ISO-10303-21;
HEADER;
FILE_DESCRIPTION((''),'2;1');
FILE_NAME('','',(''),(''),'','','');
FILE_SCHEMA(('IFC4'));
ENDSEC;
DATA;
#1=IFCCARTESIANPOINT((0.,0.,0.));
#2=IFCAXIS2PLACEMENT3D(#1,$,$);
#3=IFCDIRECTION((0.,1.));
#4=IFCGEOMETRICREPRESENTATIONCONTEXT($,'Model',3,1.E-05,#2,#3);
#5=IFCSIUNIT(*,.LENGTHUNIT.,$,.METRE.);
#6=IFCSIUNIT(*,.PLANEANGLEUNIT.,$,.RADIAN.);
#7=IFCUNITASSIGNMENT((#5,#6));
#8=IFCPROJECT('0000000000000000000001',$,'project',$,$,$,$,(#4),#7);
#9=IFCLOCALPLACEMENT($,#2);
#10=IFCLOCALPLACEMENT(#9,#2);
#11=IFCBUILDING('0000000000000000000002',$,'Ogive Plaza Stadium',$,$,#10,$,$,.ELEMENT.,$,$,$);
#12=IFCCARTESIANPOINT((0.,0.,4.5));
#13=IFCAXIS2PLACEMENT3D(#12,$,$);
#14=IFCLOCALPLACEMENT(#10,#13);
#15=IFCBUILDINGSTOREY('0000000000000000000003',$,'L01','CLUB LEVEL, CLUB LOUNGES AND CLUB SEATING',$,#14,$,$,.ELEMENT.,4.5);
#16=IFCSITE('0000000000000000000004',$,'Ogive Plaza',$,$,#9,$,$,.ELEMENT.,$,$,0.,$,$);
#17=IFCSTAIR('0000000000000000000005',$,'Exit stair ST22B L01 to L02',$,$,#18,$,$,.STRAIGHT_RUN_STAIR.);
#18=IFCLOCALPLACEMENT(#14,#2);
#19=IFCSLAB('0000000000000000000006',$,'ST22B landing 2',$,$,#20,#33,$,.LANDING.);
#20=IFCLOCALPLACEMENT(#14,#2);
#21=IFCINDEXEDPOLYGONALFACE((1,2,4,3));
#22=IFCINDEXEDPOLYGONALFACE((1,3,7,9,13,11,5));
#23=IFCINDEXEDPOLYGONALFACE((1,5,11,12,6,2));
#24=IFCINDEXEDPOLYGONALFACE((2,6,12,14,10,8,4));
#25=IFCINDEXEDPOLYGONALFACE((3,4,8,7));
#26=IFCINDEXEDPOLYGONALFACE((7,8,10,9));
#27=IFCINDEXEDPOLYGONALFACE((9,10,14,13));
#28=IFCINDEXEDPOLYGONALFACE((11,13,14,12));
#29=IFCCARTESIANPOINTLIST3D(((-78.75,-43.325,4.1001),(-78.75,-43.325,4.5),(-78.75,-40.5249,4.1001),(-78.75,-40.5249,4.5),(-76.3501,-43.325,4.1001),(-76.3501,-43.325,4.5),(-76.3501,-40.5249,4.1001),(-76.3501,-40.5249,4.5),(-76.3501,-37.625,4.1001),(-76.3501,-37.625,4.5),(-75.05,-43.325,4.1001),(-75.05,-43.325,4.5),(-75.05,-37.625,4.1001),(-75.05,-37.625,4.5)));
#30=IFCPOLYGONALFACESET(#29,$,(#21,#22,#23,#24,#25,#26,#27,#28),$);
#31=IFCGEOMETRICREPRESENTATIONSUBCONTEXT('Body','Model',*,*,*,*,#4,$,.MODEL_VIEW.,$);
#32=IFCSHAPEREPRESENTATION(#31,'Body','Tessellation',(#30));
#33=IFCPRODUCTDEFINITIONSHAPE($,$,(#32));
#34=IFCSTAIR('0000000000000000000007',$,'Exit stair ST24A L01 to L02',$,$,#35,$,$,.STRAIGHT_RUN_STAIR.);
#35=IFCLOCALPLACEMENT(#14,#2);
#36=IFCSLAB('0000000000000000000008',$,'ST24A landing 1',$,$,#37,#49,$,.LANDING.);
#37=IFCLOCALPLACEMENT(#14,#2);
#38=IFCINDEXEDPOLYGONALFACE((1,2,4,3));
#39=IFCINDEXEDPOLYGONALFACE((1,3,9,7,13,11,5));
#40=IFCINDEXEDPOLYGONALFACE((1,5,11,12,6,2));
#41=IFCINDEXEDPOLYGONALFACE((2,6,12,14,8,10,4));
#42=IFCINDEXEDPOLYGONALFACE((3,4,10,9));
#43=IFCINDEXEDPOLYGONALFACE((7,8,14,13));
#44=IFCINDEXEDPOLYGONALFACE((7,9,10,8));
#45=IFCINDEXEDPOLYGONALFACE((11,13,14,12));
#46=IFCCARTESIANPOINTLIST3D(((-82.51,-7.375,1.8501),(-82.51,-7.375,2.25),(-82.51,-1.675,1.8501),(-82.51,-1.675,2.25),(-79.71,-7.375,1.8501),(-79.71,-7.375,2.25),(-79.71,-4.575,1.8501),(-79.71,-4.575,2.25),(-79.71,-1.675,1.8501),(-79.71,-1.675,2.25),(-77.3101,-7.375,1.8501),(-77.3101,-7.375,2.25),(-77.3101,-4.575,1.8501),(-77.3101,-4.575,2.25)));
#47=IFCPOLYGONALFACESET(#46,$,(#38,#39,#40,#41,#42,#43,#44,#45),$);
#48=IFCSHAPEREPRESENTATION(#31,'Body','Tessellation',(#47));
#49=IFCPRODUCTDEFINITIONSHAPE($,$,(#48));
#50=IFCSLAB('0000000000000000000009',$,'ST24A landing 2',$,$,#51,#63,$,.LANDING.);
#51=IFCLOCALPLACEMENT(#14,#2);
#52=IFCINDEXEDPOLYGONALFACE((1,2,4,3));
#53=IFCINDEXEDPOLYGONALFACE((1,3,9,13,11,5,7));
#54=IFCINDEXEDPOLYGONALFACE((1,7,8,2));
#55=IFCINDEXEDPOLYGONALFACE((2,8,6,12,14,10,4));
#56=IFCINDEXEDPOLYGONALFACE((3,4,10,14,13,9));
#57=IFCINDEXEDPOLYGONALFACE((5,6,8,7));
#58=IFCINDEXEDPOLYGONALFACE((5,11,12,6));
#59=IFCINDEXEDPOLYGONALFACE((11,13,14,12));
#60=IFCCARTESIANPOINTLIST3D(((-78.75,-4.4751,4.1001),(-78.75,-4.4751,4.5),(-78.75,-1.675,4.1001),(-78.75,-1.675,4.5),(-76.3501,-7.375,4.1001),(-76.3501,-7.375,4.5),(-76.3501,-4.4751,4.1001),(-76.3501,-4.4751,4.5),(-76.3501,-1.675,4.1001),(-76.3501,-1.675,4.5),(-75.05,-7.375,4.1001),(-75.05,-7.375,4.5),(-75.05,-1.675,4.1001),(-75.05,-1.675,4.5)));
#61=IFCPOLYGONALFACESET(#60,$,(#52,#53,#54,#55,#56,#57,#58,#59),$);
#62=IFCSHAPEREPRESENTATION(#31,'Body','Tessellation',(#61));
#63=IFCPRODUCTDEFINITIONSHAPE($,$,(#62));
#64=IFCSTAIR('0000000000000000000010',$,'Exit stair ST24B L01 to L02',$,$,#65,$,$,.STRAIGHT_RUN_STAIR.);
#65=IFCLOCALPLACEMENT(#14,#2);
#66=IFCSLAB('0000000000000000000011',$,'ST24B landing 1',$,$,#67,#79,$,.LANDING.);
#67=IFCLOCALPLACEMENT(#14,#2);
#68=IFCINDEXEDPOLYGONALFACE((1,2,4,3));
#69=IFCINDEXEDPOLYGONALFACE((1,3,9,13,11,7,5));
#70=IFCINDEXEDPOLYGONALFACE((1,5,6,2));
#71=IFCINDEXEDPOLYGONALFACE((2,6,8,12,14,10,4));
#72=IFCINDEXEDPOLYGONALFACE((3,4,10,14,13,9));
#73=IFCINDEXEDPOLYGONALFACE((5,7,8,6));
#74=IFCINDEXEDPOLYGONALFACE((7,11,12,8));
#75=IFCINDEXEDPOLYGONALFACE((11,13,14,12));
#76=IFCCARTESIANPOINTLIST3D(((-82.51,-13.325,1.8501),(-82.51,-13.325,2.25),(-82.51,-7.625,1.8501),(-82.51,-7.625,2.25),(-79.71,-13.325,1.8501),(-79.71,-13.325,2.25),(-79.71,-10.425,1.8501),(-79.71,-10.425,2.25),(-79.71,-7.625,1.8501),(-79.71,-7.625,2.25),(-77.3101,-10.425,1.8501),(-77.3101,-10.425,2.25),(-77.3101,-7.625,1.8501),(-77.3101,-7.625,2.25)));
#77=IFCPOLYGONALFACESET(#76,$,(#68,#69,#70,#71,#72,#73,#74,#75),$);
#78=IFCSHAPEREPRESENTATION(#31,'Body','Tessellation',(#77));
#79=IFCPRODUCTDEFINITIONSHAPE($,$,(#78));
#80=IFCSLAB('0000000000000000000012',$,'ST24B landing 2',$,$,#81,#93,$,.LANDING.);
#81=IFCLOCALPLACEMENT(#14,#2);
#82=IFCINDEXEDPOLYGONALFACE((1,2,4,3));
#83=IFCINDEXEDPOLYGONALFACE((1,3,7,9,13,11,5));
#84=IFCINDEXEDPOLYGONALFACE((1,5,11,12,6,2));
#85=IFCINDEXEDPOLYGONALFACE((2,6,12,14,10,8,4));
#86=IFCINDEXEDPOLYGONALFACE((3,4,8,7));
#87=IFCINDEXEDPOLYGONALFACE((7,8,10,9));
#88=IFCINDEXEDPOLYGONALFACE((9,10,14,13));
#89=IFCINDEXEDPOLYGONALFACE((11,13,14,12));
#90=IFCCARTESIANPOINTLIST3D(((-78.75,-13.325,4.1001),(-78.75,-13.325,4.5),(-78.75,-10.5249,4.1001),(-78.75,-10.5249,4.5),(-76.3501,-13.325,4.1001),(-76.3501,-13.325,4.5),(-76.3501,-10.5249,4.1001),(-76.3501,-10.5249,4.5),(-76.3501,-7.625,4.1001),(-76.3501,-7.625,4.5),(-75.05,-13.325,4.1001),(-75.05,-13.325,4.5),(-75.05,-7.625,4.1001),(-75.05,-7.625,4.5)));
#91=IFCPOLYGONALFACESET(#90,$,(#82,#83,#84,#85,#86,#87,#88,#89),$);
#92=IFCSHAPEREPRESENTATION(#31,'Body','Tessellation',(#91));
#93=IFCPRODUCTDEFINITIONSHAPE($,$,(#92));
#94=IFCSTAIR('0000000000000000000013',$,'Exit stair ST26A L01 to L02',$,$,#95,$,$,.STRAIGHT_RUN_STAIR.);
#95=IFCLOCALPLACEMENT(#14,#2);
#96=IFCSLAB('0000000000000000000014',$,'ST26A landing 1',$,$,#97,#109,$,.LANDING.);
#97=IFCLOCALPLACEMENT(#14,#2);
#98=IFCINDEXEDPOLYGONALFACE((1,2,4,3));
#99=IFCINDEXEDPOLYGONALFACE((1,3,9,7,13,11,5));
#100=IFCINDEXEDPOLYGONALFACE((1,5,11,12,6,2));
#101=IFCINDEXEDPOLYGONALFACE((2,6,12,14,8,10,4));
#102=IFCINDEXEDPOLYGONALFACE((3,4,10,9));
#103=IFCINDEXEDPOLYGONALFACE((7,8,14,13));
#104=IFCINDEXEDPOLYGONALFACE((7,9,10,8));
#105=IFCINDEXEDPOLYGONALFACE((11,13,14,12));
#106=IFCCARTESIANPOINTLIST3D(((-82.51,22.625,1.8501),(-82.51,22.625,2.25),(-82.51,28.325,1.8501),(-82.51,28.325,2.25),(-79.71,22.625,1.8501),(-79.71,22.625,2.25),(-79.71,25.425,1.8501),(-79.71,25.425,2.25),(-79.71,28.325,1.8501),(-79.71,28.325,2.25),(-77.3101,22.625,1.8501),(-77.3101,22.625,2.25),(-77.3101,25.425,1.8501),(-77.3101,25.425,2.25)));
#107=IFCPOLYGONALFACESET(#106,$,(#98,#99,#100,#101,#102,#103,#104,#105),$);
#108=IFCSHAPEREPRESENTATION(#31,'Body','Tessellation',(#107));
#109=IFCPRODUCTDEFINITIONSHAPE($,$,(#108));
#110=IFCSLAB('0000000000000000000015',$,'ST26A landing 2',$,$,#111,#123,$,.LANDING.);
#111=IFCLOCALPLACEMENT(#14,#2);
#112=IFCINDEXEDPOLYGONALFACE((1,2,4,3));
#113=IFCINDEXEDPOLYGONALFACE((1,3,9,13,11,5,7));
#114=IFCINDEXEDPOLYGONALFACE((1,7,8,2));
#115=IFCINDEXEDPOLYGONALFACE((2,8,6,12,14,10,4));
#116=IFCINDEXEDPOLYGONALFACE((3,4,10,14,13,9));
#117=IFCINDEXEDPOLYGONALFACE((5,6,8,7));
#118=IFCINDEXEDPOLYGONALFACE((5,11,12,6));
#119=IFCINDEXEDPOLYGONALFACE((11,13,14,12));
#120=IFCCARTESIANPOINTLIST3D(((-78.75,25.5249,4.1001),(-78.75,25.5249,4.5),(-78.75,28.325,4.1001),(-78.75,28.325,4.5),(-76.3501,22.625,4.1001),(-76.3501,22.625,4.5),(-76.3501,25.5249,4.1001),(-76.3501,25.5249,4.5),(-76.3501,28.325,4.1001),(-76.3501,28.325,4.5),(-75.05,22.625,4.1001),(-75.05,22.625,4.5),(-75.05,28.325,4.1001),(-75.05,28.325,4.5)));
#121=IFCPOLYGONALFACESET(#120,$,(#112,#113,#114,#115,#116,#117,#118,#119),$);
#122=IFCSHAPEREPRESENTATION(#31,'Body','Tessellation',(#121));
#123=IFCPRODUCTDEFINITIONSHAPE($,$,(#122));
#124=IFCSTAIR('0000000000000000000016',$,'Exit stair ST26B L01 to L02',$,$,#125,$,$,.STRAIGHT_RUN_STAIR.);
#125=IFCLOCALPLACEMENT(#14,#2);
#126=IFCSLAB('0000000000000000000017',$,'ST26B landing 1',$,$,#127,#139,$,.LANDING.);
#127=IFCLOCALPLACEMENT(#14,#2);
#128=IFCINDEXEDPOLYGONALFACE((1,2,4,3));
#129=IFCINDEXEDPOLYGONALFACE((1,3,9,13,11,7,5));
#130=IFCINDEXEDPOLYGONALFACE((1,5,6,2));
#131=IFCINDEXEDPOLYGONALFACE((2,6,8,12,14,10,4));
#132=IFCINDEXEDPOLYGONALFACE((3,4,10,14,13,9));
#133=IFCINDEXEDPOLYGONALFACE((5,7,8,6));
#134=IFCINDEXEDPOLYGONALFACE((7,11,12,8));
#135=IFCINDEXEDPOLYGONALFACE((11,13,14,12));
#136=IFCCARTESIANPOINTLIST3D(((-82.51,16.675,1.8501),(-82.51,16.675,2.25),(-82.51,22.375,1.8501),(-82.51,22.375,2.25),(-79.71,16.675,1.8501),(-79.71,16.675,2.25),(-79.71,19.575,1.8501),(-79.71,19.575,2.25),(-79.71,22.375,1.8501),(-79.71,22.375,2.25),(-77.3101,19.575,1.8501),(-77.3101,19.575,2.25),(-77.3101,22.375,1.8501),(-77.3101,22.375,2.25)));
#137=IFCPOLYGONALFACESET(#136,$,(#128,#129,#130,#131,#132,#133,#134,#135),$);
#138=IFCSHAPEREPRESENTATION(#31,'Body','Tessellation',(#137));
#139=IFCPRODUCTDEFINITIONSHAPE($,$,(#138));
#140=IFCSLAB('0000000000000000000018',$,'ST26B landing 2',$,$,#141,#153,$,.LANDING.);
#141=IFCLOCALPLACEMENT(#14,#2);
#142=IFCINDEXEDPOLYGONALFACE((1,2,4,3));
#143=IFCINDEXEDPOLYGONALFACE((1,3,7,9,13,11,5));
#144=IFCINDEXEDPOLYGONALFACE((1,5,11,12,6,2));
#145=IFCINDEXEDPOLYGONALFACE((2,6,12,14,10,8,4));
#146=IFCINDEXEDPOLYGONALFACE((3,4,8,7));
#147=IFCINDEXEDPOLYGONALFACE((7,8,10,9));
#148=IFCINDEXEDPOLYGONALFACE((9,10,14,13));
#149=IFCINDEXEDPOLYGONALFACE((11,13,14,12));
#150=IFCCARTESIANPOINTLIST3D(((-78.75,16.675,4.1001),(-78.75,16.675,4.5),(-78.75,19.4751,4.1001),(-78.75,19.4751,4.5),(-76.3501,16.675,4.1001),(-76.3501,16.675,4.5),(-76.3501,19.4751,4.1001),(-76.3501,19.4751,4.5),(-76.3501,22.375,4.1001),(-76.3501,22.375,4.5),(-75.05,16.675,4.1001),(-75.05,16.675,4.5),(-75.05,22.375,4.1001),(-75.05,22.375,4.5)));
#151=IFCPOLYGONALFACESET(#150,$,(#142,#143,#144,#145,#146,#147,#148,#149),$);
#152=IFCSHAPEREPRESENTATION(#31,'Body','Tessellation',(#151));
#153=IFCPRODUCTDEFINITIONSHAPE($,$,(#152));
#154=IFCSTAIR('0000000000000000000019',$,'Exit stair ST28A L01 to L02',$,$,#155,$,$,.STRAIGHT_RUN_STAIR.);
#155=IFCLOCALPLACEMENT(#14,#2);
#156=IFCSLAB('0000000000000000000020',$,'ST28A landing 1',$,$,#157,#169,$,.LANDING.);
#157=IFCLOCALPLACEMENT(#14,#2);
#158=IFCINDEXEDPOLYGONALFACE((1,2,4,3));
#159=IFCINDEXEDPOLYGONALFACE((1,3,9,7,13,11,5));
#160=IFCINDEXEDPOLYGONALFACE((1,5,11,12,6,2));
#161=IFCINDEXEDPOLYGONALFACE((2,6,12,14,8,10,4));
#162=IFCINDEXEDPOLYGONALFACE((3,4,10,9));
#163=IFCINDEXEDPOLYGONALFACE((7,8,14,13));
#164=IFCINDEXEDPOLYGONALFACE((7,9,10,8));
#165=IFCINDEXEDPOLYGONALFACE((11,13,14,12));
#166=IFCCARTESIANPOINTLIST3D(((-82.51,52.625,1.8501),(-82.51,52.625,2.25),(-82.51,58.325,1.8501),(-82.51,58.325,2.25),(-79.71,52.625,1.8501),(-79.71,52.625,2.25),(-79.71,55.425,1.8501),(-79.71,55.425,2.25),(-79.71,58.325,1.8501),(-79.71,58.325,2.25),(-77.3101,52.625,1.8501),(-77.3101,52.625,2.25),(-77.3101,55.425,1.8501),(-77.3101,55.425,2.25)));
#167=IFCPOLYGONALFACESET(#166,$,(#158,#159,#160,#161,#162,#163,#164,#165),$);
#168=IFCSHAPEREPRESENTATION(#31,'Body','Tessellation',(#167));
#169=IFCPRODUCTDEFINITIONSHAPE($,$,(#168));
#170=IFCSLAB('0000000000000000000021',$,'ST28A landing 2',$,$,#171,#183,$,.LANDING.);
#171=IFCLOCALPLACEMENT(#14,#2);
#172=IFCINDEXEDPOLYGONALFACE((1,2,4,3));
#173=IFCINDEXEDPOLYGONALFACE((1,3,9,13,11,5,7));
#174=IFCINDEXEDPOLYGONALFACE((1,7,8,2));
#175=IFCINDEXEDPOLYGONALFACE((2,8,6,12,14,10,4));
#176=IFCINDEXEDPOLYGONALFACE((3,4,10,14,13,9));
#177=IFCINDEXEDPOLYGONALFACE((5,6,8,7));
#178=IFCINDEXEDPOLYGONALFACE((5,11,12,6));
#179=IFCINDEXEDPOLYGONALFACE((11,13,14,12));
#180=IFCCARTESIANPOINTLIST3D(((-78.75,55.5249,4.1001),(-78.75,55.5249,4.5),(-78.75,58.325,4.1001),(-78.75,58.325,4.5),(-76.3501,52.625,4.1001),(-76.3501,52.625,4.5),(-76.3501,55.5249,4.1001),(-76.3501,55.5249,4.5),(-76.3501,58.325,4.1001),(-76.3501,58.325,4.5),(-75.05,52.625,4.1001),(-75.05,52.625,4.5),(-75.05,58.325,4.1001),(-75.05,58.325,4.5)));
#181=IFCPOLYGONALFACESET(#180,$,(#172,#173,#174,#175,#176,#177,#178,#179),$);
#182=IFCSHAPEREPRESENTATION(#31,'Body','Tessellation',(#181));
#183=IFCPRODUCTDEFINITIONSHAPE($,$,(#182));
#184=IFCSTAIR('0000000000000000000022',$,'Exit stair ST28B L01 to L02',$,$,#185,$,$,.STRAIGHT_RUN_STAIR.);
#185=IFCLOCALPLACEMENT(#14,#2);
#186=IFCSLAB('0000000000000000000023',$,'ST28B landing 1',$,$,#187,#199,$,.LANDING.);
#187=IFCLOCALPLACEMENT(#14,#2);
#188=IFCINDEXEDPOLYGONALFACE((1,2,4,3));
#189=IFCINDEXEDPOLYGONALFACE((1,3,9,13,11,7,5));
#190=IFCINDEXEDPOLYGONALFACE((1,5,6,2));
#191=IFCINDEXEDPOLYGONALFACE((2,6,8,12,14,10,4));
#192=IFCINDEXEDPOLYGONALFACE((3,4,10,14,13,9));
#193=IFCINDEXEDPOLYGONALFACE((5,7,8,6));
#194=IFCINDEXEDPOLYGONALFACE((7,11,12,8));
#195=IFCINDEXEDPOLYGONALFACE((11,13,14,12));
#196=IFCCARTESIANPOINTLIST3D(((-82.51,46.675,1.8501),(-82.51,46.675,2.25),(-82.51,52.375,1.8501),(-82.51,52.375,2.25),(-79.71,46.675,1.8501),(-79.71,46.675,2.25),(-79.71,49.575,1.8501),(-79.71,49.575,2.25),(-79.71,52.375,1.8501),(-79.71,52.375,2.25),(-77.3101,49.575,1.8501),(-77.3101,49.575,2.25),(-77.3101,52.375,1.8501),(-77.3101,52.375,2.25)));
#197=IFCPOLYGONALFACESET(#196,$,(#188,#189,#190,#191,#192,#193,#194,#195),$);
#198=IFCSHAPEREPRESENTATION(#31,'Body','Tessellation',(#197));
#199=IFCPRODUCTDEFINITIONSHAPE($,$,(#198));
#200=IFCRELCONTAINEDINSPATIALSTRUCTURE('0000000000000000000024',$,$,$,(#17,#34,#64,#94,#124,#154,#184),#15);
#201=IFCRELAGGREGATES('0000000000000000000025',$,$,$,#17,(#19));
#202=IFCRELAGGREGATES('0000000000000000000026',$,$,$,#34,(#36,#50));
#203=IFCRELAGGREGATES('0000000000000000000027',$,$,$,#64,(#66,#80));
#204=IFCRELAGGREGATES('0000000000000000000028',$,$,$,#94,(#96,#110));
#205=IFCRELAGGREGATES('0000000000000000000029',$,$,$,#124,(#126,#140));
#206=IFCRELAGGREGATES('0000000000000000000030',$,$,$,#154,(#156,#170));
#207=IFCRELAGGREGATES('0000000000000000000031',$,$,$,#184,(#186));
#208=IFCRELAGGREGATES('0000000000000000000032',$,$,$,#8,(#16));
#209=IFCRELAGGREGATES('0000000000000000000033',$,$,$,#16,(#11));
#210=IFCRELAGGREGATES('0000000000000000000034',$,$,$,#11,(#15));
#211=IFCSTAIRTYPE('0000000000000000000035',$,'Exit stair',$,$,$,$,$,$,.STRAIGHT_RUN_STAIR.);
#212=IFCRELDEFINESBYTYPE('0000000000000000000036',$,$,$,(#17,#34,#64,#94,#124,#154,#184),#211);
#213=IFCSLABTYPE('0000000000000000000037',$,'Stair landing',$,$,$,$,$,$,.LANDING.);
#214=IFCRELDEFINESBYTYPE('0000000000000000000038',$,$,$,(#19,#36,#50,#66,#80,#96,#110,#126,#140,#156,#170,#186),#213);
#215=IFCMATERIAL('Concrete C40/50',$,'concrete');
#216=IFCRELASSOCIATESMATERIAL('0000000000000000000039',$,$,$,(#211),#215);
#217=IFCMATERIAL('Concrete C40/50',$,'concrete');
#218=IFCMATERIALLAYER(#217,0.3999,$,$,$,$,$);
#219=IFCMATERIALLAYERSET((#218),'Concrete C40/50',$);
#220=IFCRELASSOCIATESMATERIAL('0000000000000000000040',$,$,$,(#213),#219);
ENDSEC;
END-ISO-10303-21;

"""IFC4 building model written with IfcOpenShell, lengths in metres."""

from ifc_helpers import new_model, si_unit, direction, frame, origin, place, context, subcontext, project, spatial, polyline, outline, extrude, material, layer, layer_set, type_object, element, aggregate, save


model = new_model("IFC4")

# Units and contexts
model_context = context("Model", 3, precision=1e-05, world=origin(), true_north=direction((0.0, 1.0)))
body_context = subcontext(model_context, "Body", "Model", "MODEL_VIEW")
ifc_project = project(units=[si_unit("LENGTHUNIT", "METRE"), si_unit("PLANEANGLEUNIT", "RADIAN")], contexts=[model_context])

# Site, building, storey
site_placement = place(None, origin())
site = spatial("IfcSite", under=ifc_project, at=site_placement, Name="Ogive Plaza", CompositionType="ELEMENT", RefElevation=0.0)
building_placement = place(site_placement, origin())
building = spatial("IfcBuilding", under=site, at=building_placement, Name="Ogive Plaza Stadium", CompositionType="ELEMENT")
storey_placement = place(building_placement, frame((0.0, 0.0, 4.5)))
storey = spatial("IfcBuildingStorey", under=building, at=storey_placement, Name="L01", Description="CLUB LEVEL, CLUB LOUNGES AND CLUB SEATING", CompositionType="ELEMENT", Elevation=4.5)

# Stair, slab
ifc_material_1 = material(Name="Concrete C40/50", Category="concrete")
stair_type = type_object("IfcStairType", Name="Exit stair", PredefinedType="STRAIGHT_RUN_STAIR", material=ifc_material_1)
stair_1_placement = place(storey_placement, origin())
stair_1 = element("IfcStair", 1, at=stair_1_placement, inside=storey, type_object=stair_type, Name="Exit stair ST22B L01 to L02", PredefinedType="STRAIGHT_RUN_STAIR")
ifc_material_2 = material(Name="Concrete C40/50", Category="concrete")
ifc_layer = layer(ifc_material_2, 0.3999)
ifc_layer_set = layer_set([ifc_layer], Name="Concrete C40/50")
slab_type = type_object("IfcSlabType", Name="Stair landing", PredefinedType="LANDING", material=ifc_layer_set)
slab_1_placement = place(storey_placement, frame((0.0, 0.0, 4.1001)))
slab_1 = element("IfcSlab", 2, at=slab_1_placement, type_object=slab_type, Name="ST22B landing 2", PredefinedType="LANDING", context=body_context, shape_type="SweptSolid", body=[
    extrude(outline(polyline([(-76.3501, -37.625), (-75.05, -37.625), (-75.05, -43.325), (-76.3501, -43.325), (-78.75, -43.325), (-78.75, -40.5249), (-76.3501, -40.5249), (-76.3501, -37.625)])), origin(), (0.0, 0.0, 1.0), 0.3999),
])
aggregate(stair_1, [slab_1])

# Stairs, slabs
stair_2_placement = place(storey_placement, origin())
stair_2 = element("IfcStair", 3, at=stair_2_placement, inside=storey, type_object=stair_type, Name="Exit stair ST24A L01 to L02", PredefinedType="STRAIGHT_RUN_STAIR")
slab_2_placement = place(storey_placement, frame((0.0, 0.0, 1.8501)))
slab_2 = element("IfcSlab", 4, at=slab_2_placement, type_object=slab_type, Name="ST24A landing 1", PredefinedType="LANDING", context=body_context, shape_type="SweptSolid", body=[
    extrude(outline(polyline([(-82.51, -7.375), (-82.51, -1.675), (-79.71, -1.675), (-79.71, -4.575), (-77.3101, -4.575), (-77.3101, -7.375), (-79.71, -7.375), (-82.51, -7.375)])), origin(), (0.0, 0.0, 1.0), 0.3999),
])
slab_3_placement = place(storey_placement, frame((0.0, 0.0, 4.1001)))
slab_3 = element("IfcSlab", 5, at=slab_3_placement, type_object=slab_type, Name="ST24A landing 2", PredefinedType="LANDING", context=body_context, shape_type="SweptSolid", body=[
    extrude(outline(polyline([(-78.75, -4.4751), (-78.75, -1.675), (-76.3501, -1.675), (-75.05, -1.675), (-75.05, -7.375), (-76.3501, -7.375), (-76.3501, -4.4751), (-78.75, -4.4751)])), origin(), (0.0, 0.0, 1.0), 0.3999),
])
aggregate(stair_2, [slab_2, slab_3])
stair_3_placement = place(storey_placement, origin())
stair_3 = element("IfcStair", 6, at=stair_3_placement, inside=storey, type_object=stair_type, Name="Exit stair ST24B L01 to L02", PredefinedType="STRAIGHT_RUN_STAIR")
slab_4_placement = place(storey_placement, frame((0.0, 0.0, 1.8501)))
slab_4 = element("IfcSlab", 7, at=slab_4_placement, type_object=slab_type, Name="ST24B landing 1", PredefinedType="LANDING", context=body_context, shape_type="SweptSolid", body=[
    extrude(outline(polyline([(-77.3101, -7.625), (-77.3101, -10.425), (-79.71, -10.425), (-79.71, -13.325), (-82.51, -13.325), (-82.51, -7.625), (-79.71, -7.625), (-77.3101, -7.625)])), origin(), (0.0, 0.0, 1.0), 0.3999),
])
slab_5_placement = place(storey_placement, frame((0.0, 0.0, 4.1001)))
slab_5 = element("IfcSlab", 8, at=slab_5_placement, type_object=slab_type, Name="ST24B landing 2", PredefinedType="LANDING", context=body_context, shape_type="SweptSolid", body=[
    extrude(outline(polyline([(-76.3501, -7.625), (-75.05, -7.625), (-75.05, -13.325), (-76.3501, -13.325), (-78.75, -13.325), (-78.75, -10.5249), (-76.3501, -10.5249), (-76.3501, -7.625)])), origin(), (0.0, 0.0, 1.0), 0.3999),
])
aggregate(stair_3, [slab_4, slab_5])
stair_4_placement = place(storey_placement, origin())
stair_4 = element("IfcStair", 9, at=stair_4_placement, inside=storey, type_object=stair_type, Name="Exit stair ST26A L01 to L02", PredefinedType="STRAIGHT_RUN_STAIR")
slab_6_placement = place(storey_placement, frame((0.0, 0.0, 1.8501)))
slab_6 = element("IfcSlab", 10, at=slab_6_placement, type_object=slab_type, Name="ST26A landing 1", PredefinedType="LANDING", context=body_context, shape_type="SweptSolid", body=[
    extrude(outline(polyline([(-82.51, 22.625), (-82.51, 28.325), (-79.71, 28.325), (-79.71, 25.425), (-77.3101, 25.425), (-77.3101, 22.625), (-79.71, 22.625), (-82.51, 22.625)])), origin(), (0.0, 0.0, 1.0), 0.3999),
])
slab_7_placement = place(storey_placement, frame((0.0, 0.0, 4.1001)))
slab_7 = element("IfcSlab", 11, at=slab_7_placement, type_object=slab_type, Name="ST26A landing 2", PredefinedType="LANDING", context=body_context, shape_type="SweptSolid", body=[
    extrude(outline(polyline([(-78.75, 25.5249), (-78.75, 28.325), (-76.3501, 28.325), (-75.05, 28.325), (-75.05, 22.625), (-76.3501, 22.625), (-76.3501, 25.5249), (-78.75, 25.5249)])), origin(), (0.0, 0.0, 1.0), 0.3999),
])
aggregate(stair_4, [slab_6, slab_7])
stair_5_placement = place(storey_placement, origin())
stair_5 = element("IfcStair", 12, at=stair_5_placement, inside=storey, type_object=stair_type, Name="Exit stair ST26B L01 to L02", PredefinedType="STRAIGHT_RUN_STAIR")
slab_8_placement = place(storey_placement, frame((0.0, 0.0, 1.8501)))
slab_8 = element("IfcSlab", 13, at=slab_8_placement, type_object=slab_type, Name="ST26B landing 1", PredefinedType="LANDING", context=body_context, shape_type="SweptSolid", body=[
    extrude(outline(polyline([(-77.3101, 22.375), (-77.3101, 19.575), (-79.71, 19.575), (-79.71, 16.675), (-82.51, 16.675), (-82.51, 22.375), (-79.71, 22.375), (-77.3101, 22.375)])), origin(), (0.0, 0.0, 1.0), 0.3999),
])
slab_9_placement = place(storey_placement, frame((0.0, 0.0, 4.1001)))
slab_9 = element("IfcSlab", 14, at=slab_9_placement, type_object=slab_type, Name="ST26B landing 2", PredefinedType="LANDING", context=body_context, shape_type="SweptSolid", body=[
    extrude(outline(polyline([(-76.3501, 22.375), (-75.05, 22.375), (-75.05, 16.675), (-76.3501, 16.675), (-78.75, 16.675), (-78.75, 19.4751), (-76.3501, 19.4751), (-76.3501, 22.375)])), origin(), (0.0, 0.0, 1.0), 0.3999),
])
aggregate(stair_5, [slab_8, slab_9])
stair_6_placement = place(storey_placement, origin())
stair_6 = element("IfcStair", 15, at=stair_6_placement, inside=storey, type_object=stair_type, Name="Exit stair ST28A L01 to L02", PredefinedType="STRAIGHT_RUN_STAIR")
slab_10_placement = place(storey_placement, frame((0.0, 0.0, 1.8501)))
slab_10 = element("IfcSlab", 16, at=slab_10_placement, type_object=slab_type, Name="ST28A landing 1", PredefinedType="LANDING", context=body_context, shape_type="SweptSolid", body=[
    extrude(outline(polyline([(-82.51, 52.625), (-82.51, 58.325), (-79.71, 58.325), (-79.71, 55.425), (-77.3101, 55.425), (-77.3101, 52.625), (-79.71, 52.625), (-82.51, 52.625)])), origin(), (0.0, 0.0, 1.0), 0.3999),
])
slab_11_placement = place(storey_placement, frame((0.0, 0.0, 4.1001)))
slab_11 = element("IfcSlab", 17, at=slab_11_placement, type_object=slab_type, Name="ST28A landing 2", PredefinedType="LANDING", context=body_context, shape_type="SweptSolid", body=[
    extrude(outline(polyline([(-78.75, 55.5249), (-78.75, 58.325), (-76.3501, 58.325), (-75.05, 58.325), (-75.05, 52.625), (-76.3501, 52.625), (-76.3501, 55.5249), (-78.75, 55.5249)])), origin(), (0.0, 0.0, 1.0), 0.3999),
])
aggregate(stair_6, [slab_10, slab_11])
stair_7_placement = place(storey_placement, origin())
stair_7 = element("IfcStair", 18, at=stair_7_placement, inside=storey, type_object=stair_type, Name="Exit stair ST28B L01 to L02", PredefinedType="STRAIGHT_RUN_STAIR")
slab_12_placement = place(storey_placement, frame((0.0, 0.0, 1.8501)))
slab_12 = element("IfcSlab", 19, at=slab_12_placement, type_object=slab_type, Name="ST28B landing 1", PredefinedType="LANDING", context=body_context, shape_type="SweptSolid", body=[
    extrude(outline(polyline([(-77.3101, 52.375), (-77.3101, 49.575), (-79.71, 49.575), (-79.71, 46.675), (-82.51, 46.675), (-82.51, 52.375), (-79.71, 52.375), (-77.3101, 52.375)])), origin(), (0.0, 0.0, 1.0), 0.3999),
])
aggregate(stair_7, [slab_12])

save(model, "model.ifc")
